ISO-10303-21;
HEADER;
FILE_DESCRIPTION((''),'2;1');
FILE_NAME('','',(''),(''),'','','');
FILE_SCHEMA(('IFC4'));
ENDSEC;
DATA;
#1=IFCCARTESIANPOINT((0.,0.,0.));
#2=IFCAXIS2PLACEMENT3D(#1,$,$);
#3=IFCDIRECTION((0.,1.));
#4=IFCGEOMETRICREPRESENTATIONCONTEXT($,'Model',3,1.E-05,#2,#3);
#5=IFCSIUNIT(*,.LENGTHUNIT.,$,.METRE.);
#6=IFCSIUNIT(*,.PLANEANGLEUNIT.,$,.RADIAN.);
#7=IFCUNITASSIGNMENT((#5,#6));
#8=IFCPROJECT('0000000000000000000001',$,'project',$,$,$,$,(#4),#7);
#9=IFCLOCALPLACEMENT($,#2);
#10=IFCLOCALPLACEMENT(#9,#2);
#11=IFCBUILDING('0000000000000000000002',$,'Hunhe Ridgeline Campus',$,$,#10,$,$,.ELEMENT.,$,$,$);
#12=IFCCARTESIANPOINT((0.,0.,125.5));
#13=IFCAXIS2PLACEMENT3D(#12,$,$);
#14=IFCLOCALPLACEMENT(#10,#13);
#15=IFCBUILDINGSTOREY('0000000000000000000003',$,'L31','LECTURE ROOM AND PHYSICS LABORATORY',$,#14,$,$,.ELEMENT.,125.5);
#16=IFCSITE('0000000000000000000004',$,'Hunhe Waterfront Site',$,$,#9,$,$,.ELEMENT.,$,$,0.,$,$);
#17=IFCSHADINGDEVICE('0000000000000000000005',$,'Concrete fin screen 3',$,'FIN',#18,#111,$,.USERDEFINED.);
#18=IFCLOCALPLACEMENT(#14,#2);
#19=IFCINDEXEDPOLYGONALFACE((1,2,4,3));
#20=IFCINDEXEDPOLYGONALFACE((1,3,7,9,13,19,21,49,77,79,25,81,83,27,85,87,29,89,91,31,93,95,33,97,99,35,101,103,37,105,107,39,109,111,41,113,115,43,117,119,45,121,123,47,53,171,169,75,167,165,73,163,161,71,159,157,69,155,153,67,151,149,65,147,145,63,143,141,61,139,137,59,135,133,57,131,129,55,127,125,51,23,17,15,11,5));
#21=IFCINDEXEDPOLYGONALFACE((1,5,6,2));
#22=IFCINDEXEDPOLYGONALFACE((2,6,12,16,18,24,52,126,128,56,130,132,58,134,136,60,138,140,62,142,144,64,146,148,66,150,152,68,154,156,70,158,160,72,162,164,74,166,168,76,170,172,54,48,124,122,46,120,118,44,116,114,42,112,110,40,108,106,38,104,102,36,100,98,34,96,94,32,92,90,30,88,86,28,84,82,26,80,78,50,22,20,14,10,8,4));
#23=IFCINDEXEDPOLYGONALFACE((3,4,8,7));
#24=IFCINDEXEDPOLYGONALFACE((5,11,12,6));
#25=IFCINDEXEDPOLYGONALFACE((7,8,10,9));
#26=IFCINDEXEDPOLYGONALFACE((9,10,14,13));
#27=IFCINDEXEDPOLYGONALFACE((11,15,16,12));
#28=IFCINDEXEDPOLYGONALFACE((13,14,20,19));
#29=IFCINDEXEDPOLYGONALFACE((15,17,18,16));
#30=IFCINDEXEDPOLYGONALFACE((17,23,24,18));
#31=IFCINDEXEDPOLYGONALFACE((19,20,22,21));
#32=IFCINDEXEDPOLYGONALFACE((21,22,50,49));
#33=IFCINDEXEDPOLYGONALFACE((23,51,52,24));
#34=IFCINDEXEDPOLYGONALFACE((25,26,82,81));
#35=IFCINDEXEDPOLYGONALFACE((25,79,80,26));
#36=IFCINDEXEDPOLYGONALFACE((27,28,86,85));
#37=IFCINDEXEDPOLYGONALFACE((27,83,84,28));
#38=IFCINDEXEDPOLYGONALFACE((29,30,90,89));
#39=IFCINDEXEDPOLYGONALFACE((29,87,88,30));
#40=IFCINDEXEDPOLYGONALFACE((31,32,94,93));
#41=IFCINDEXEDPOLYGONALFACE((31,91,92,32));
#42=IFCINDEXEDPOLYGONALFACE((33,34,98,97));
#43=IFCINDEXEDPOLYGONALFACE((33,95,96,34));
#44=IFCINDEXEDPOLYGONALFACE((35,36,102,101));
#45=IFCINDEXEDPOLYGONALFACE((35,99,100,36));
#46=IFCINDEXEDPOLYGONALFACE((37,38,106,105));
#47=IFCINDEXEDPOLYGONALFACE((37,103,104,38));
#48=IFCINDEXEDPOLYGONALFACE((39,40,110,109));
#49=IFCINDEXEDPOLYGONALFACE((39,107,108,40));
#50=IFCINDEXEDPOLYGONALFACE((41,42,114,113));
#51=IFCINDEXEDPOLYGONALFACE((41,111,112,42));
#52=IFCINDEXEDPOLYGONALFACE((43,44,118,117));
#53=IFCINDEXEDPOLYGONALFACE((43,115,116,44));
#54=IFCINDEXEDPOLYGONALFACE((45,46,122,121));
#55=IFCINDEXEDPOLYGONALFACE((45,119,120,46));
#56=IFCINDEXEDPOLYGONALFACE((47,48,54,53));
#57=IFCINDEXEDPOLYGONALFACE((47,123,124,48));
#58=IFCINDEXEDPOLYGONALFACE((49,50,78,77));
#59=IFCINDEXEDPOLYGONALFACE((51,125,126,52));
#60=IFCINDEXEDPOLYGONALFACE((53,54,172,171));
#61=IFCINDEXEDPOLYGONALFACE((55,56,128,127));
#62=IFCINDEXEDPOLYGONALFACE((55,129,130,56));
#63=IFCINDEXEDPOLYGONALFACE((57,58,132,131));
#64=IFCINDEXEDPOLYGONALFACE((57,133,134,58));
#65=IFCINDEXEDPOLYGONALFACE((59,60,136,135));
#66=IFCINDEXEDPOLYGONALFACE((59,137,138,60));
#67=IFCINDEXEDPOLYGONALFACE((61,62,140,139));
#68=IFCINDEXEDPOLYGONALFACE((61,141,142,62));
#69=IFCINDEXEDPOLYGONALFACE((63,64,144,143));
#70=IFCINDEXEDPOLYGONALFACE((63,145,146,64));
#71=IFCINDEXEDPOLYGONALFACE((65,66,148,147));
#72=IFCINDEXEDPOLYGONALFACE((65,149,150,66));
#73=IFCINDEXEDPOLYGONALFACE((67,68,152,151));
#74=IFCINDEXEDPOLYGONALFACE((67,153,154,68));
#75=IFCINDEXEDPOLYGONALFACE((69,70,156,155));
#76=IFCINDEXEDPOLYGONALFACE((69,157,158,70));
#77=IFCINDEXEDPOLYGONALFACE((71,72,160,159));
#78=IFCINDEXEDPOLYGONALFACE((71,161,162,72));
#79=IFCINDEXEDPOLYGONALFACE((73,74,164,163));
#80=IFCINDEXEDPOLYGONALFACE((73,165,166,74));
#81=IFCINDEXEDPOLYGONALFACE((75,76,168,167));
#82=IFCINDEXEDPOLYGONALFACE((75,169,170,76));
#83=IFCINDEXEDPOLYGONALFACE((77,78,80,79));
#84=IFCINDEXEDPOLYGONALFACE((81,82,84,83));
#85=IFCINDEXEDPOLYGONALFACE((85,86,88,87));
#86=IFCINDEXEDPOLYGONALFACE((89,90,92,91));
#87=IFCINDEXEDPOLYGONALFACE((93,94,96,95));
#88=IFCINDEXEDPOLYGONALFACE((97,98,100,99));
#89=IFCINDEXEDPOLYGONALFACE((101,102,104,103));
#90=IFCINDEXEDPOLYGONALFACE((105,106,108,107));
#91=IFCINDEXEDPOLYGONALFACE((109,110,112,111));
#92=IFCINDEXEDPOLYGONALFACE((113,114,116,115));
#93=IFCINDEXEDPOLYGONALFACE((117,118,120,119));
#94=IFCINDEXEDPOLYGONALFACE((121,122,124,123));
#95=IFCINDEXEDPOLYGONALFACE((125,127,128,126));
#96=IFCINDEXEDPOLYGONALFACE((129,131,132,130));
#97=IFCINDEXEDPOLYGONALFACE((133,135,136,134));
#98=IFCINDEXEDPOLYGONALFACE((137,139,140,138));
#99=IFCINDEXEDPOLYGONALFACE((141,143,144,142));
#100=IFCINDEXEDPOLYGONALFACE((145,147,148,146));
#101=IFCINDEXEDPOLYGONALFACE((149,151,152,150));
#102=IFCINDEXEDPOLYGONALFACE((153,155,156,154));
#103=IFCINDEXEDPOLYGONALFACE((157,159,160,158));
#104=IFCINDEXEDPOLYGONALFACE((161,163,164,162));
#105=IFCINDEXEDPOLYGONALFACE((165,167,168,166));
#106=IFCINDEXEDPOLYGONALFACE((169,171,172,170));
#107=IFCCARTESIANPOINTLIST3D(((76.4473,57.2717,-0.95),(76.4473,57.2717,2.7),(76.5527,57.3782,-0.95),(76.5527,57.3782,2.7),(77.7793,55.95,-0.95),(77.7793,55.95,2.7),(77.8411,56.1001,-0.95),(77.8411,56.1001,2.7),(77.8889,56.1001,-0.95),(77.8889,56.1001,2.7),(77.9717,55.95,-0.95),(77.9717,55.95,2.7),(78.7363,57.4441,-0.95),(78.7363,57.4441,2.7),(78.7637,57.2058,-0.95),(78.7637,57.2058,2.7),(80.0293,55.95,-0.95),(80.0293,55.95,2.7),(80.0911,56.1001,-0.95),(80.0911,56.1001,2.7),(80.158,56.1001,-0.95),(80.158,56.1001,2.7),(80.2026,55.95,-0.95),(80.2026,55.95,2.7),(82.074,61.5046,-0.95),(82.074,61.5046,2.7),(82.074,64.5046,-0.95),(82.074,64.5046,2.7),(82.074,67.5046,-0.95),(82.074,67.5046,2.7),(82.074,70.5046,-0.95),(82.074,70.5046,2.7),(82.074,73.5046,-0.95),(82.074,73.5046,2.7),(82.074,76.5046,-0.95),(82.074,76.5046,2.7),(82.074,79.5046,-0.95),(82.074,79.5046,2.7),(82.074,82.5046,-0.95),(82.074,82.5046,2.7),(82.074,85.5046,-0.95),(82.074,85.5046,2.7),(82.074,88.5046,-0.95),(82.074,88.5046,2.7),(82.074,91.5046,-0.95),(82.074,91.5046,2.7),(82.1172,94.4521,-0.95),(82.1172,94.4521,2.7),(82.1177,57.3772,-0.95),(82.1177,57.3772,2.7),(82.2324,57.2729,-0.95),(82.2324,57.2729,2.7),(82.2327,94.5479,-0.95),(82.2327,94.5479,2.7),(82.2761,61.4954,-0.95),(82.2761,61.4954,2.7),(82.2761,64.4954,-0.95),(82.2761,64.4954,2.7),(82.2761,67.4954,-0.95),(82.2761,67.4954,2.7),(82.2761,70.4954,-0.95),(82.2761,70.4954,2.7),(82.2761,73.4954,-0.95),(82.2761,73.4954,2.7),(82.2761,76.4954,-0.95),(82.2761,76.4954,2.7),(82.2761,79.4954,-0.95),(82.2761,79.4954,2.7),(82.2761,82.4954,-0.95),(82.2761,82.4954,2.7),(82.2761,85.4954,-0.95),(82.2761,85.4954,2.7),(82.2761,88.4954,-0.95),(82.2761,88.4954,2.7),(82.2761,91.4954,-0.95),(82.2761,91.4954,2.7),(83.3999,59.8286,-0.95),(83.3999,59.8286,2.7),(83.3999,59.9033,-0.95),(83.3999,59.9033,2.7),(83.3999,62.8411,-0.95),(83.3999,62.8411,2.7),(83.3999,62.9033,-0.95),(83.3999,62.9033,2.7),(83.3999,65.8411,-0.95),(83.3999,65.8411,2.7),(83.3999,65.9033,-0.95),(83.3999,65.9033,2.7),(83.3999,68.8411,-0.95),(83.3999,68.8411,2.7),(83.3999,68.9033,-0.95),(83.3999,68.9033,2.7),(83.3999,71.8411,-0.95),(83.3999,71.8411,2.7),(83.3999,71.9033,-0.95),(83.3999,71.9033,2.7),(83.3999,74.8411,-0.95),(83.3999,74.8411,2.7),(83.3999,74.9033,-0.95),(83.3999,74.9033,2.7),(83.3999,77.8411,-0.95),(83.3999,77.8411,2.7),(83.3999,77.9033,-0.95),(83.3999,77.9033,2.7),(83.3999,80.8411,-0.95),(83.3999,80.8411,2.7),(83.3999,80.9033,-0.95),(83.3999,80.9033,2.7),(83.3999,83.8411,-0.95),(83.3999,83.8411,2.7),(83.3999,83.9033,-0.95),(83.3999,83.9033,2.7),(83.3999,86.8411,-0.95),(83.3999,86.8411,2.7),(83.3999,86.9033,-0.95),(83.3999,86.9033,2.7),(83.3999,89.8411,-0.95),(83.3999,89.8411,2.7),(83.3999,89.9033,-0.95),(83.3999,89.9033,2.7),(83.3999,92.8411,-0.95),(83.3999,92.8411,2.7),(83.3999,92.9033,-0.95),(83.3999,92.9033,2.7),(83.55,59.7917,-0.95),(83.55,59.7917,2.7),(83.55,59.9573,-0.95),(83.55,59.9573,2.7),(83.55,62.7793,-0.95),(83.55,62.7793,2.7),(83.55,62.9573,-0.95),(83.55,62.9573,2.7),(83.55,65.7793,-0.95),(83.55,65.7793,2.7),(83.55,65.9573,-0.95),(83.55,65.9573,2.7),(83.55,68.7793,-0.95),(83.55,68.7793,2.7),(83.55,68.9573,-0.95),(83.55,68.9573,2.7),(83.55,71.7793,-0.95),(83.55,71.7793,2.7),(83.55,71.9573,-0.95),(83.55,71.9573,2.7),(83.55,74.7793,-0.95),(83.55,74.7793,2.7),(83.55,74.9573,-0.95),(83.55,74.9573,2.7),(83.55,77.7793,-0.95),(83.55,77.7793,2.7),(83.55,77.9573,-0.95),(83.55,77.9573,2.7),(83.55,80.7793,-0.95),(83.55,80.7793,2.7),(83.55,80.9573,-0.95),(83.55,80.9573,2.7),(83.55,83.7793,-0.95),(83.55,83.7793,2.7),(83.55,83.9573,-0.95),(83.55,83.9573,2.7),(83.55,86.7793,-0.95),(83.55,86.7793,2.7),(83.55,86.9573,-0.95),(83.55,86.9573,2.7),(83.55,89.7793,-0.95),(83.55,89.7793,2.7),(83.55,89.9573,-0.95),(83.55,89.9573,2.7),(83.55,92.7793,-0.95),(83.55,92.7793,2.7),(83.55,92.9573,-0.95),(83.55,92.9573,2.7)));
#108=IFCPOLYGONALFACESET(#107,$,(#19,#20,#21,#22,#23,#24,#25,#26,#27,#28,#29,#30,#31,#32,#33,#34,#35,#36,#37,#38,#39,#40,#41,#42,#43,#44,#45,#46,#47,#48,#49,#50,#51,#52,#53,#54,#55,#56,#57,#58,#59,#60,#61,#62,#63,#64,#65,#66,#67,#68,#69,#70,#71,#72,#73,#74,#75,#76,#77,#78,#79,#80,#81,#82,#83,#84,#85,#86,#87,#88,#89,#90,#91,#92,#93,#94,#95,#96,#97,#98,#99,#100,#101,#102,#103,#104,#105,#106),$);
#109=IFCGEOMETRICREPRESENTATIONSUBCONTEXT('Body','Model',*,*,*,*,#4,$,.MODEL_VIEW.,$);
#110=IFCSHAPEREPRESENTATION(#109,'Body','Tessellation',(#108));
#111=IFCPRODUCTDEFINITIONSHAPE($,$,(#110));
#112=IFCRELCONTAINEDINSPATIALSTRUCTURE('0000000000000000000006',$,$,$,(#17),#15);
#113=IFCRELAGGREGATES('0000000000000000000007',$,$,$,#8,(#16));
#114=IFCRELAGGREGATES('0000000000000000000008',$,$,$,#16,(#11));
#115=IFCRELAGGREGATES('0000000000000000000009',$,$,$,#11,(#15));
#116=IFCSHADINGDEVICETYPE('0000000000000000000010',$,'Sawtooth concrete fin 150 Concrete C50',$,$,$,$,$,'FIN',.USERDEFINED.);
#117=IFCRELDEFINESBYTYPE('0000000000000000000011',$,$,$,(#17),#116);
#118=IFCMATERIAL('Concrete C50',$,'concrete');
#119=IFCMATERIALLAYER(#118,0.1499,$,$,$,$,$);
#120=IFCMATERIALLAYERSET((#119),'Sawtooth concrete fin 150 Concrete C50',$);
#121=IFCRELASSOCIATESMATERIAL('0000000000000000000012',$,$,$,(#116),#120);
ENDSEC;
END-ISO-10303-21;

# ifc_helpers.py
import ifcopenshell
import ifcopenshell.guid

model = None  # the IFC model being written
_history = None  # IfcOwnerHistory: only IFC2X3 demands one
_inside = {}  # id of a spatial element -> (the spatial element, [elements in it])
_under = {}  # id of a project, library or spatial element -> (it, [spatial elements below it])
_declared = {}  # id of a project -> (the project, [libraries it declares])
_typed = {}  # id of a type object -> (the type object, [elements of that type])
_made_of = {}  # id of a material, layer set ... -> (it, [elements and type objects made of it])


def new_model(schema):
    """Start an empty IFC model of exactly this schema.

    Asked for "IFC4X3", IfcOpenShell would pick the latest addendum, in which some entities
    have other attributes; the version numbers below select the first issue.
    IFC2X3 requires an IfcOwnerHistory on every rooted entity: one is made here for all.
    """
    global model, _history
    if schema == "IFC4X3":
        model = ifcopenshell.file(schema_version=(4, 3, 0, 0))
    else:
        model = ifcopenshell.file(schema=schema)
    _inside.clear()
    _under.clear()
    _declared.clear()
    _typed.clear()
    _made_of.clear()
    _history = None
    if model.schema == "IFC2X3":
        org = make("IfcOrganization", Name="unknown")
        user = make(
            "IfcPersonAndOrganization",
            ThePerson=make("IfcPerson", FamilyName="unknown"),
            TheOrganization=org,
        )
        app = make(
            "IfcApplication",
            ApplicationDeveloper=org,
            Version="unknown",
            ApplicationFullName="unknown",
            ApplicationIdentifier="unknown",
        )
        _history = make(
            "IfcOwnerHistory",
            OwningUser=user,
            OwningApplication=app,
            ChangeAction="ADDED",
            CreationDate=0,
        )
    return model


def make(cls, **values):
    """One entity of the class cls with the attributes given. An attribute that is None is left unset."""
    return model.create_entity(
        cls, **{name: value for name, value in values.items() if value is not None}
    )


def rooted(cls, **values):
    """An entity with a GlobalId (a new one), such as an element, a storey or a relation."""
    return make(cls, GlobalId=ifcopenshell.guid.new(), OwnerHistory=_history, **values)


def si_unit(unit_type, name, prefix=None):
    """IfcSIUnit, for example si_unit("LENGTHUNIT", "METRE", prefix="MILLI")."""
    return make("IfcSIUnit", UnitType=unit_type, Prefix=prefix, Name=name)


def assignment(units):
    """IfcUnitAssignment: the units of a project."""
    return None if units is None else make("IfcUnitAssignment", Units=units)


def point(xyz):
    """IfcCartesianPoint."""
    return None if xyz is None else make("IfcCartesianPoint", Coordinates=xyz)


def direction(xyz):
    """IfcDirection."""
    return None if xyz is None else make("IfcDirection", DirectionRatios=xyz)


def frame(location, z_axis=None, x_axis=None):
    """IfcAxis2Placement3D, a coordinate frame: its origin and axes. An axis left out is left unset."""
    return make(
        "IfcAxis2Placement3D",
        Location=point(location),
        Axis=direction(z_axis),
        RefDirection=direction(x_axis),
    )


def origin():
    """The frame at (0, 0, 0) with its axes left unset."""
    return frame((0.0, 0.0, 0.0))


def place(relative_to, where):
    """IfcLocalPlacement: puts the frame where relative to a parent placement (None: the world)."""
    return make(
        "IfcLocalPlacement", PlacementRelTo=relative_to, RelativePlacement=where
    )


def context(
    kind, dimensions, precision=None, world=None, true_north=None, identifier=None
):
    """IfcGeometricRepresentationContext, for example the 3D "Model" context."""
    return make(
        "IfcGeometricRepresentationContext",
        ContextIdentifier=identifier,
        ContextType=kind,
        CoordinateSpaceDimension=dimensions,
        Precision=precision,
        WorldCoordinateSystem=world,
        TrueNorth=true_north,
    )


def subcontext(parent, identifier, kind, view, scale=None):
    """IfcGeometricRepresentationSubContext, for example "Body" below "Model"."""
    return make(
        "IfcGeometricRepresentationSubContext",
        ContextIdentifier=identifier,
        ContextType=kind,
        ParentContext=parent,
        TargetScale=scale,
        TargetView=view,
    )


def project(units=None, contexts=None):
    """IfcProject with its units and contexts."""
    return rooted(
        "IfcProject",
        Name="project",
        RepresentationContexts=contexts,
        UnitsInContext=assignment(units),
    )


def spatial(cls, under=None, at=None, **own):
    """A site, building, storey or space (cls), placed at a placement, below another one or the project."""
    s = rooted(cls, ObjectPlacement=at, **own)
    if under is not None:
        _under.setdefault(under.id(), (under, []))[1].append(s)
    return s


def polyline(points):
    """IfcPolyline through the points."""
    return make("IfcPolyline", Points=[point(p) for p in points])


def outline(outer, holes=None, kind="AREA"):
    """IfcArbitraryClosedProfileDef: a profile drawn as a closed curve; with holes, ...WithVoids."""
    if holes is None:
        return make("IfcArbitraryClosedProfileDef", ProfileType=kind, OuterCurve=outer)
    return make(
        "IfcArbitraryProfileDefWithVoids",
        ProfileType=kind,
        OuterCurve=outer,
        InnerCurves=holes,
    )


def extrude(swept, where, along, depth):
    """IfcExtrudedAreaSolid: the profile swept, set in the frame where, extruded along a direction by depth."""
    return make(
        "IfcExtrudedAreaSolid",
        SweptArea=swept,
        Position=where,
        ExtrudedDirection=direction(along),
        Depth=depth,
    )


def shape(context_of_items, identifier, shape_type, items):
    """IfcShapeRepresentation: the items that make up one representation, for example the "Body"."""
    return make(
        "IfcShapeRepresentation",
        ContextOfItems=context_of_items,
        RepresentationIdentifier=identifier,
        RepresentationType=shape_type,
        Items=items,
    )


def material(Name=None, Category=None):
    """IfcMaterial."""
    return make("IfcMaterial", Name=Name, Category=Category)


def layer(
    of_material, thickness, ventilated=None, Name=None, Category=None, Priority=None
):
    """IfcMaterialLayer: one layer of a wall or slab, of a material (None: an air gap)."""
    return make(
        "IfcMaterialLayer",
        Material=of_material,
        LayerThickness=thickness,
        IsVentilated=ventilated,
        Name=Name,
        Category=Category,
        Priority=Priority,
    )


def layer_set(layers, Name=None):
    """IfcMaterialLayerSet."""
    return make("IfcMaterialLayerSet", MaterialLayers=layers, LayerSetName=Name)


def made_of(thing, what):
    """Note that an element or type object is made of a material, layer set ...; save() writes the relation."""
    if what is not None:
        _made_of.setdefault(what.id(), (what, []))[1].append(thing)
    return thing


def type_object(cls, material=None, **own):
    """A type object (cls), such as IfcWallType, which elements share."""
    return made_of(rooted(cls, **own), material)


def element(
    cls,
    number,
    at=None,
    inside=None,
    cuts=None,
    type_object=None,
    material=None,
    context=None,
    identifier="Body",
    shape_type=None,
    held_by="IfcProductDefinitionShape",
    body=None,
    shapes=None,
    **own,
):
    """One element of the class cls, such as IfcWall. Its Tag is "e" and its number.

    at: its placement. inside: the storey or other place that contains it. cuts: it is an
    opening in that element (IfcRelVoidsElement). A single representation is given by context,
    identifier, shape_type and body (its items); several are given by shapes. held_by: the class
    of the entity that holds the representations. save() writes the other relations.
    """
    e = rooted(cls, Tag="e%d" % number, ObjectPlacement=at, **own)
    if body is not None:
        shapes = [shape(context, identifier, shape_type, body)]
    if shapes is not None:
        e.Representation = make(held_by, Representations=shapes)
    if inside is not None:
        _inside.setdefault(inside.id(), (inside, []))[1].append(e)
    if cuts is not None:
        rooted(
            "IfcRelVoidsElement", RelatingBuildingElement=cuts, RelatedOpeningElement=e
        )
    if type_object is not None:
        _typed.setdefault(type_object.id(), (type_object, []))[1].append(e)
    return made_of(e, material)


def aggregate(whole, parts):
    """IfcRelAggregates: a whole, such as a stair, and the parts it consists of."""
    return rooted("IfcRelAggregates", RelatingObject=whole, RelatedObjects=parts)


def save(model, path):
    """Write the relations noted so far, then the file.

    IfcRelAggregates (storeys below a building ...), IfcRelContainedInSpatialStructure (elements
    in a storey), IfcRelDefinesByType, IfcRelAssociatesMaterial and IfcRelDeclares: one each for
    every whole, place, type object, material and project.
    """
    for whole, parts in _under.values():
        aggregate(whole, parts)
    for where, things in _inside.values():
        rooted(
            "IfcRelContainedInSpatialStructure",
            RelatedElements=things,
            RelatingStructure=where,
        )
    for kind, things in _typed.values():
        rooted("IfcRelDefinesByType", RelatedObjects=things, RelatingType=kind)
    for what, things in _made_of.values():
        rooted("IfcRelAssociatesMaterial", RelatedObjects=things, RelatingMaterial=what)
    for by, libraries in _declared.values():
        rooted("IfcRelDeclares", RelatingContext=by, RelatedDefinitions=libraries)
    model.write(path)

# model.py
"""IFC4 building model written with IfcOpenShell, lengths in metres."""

from ifc_helpers import new_model, si_unit, direction, frame, origin, place, context, subcontext, project, spatial, polyline, outline, extrude, material, layer, layer_set, type_object, element, save


model = new_model("IFC4")

# Units and contexts
model_context = context("Model", 3, precision=1e-05, world=origin(), true_north=direction((0.0, 1.0)))
body_context = subcontext(model_context, "Body", "Model", "MODEL_VIEW")
ifc_project = project(units=[si_unit("LENGTHUNIT", "METRE"), si_unit("PLANEANGLEUNIT", "RADIAN")], contexts=[model_context])

# Site, building, storey
site_placement = place(None, origin())
site = spatial("IfcSite", under=ifc_project, at=site_placement, Name="Hunhe Waterfront Site", CompositionType="ELEMENT", RefElevation=0.0)
building_placement = place(site_placement, origin())
building = spatial("IfcBuilding", under=site, at=building_placement, Name="Hunhe Ridgeline Campus", CompositionType="ELEMENT")
storey_placement = place(building_placement, frame((0.0, 0.0, 125.5)))
storey = spatial("IfcBuildingStorey", under=building, at=storey_placement, Name="L31", Description="LECTURE ROOM AND PHYSICS LABORATORY", CompositionType="ELEMENT", Elevation=125.5)

# Shading device
ifc_material_1 = material(Name="Concrete C50", Category="concrete")
ifc_layer_1 = layer(ifc_material_1, 0.1499)
ifc_layer_set_1 = layer_set([ifc_layer_1], Name="Sawtooth concrete fin 150 Concrete C50")
shading_device_type = type_object("IfcShadingDeviceType", Name="Sawtooth concrete fin 150 Concrete C50", ElementType="FIN", PredefinedType="USERDEFINED", material=ifc_layer_set_1)
shading_device_1_placement = place(storey_placement, frame((0.0, 0.0, -0.95)))
element("IfcShadingDevice", 1, at=shading_device_1_placement, inside=storey, type_object=shading_device_type, Name="Concrete fin screen 3", ObjectType="FIN", PredefinedType="USERDEFINED", context=body_context, shape_type="SweptSolid", body=[
    extrude(outline(polyline([(76.5527, 57.3782), (76.4473, 57.2717), (77.7793, 55.95), (77.9717, 55.95), (78.7637, 57.2058), (80.0293, 55.95), (80.2026, 55.95), (82.2324, 57.2729), (83.55, 59.7917), (83.55, 59.9573), (82.2761, 61.4954), (83.55, 62.7793), (83.55, 62.9573), (82.2761, 64.4954), (83.55, 65.7793), (83.55, 65.9573), (82.2761, 67.4954), (83.55, 68.7793), (83.55, 68.9573), (82.2761, 70.4954), (83.55, 71.7793), (83.55, 71.9573), (82.2761, 73.4954), (83.55, 74.7793), (83.55, 74.9573), (82.2761, 76.4954), (83.55, 77.7793), (83.55, 77.9573), (82.2761, 79.4954), (83.55, 80.7793), (83.55, 80.9573), (82.2761, 82.4954), (83.55, 83.7793), (83.55, 83.9573), (82.2761, 85.4954), (83.55, 86.7793), (83.55, 86.9573), (82.2761, 88.4954), (83.55, 89.7793), (83.55, 89.9573), (82.2761, 91.4954), (83.55, 92.7793), (83.55, 92.9573), (82.2327, 94.5479), (82.1172, 94.4521), (83.3999, 92.9033), (83.3999, 92.8411), (82.074, 91.5046), (83.3999, 89.9033), (83.3999, 89.8411), (82.074, 88.5046), (83.3999, 86.9033), (83.3999, 86.8411), (82.074, 85.5046), (83.3999, 83.9033), (83.3999, 83.8411), (82.074, 82.5046), (83.3999, 80.9033), (83.3999, 80.8411), (82.074, 79.5046), (83.3999, 77.9033), (83.3999, 77.8411), (82.074, 76.5046), (83.3999, 74.9033), (83.3999, 74.8411), (82.074, 73.5046), (83.3999, 71.9033), (83.3999, 71.8411), (82.074, 70.5046), (83.3999, 68.9033), (83.3999, 68.8411), (82.074, 67.5046), (83.3999, 65.9033), (83.3999, 65.8411), (82.074, 64.5046), (83.3999, 62.9033), (83.3999, 62.8411), (82.074, 61.5046), (83.3999, 59.9033), (83.3999, 59.8286), (82.1177, 57.3772), (80.158, 56.1001), (80.0911, 56.1001), (78.7363, 57.4441), (77.8889, 56.1001), (77.8411, 56.1001), (76.5527, 57.3782)])), origin(), (0.0, 0.0, 1.0), 3.6499),
])

save(model, "model.ifc")
